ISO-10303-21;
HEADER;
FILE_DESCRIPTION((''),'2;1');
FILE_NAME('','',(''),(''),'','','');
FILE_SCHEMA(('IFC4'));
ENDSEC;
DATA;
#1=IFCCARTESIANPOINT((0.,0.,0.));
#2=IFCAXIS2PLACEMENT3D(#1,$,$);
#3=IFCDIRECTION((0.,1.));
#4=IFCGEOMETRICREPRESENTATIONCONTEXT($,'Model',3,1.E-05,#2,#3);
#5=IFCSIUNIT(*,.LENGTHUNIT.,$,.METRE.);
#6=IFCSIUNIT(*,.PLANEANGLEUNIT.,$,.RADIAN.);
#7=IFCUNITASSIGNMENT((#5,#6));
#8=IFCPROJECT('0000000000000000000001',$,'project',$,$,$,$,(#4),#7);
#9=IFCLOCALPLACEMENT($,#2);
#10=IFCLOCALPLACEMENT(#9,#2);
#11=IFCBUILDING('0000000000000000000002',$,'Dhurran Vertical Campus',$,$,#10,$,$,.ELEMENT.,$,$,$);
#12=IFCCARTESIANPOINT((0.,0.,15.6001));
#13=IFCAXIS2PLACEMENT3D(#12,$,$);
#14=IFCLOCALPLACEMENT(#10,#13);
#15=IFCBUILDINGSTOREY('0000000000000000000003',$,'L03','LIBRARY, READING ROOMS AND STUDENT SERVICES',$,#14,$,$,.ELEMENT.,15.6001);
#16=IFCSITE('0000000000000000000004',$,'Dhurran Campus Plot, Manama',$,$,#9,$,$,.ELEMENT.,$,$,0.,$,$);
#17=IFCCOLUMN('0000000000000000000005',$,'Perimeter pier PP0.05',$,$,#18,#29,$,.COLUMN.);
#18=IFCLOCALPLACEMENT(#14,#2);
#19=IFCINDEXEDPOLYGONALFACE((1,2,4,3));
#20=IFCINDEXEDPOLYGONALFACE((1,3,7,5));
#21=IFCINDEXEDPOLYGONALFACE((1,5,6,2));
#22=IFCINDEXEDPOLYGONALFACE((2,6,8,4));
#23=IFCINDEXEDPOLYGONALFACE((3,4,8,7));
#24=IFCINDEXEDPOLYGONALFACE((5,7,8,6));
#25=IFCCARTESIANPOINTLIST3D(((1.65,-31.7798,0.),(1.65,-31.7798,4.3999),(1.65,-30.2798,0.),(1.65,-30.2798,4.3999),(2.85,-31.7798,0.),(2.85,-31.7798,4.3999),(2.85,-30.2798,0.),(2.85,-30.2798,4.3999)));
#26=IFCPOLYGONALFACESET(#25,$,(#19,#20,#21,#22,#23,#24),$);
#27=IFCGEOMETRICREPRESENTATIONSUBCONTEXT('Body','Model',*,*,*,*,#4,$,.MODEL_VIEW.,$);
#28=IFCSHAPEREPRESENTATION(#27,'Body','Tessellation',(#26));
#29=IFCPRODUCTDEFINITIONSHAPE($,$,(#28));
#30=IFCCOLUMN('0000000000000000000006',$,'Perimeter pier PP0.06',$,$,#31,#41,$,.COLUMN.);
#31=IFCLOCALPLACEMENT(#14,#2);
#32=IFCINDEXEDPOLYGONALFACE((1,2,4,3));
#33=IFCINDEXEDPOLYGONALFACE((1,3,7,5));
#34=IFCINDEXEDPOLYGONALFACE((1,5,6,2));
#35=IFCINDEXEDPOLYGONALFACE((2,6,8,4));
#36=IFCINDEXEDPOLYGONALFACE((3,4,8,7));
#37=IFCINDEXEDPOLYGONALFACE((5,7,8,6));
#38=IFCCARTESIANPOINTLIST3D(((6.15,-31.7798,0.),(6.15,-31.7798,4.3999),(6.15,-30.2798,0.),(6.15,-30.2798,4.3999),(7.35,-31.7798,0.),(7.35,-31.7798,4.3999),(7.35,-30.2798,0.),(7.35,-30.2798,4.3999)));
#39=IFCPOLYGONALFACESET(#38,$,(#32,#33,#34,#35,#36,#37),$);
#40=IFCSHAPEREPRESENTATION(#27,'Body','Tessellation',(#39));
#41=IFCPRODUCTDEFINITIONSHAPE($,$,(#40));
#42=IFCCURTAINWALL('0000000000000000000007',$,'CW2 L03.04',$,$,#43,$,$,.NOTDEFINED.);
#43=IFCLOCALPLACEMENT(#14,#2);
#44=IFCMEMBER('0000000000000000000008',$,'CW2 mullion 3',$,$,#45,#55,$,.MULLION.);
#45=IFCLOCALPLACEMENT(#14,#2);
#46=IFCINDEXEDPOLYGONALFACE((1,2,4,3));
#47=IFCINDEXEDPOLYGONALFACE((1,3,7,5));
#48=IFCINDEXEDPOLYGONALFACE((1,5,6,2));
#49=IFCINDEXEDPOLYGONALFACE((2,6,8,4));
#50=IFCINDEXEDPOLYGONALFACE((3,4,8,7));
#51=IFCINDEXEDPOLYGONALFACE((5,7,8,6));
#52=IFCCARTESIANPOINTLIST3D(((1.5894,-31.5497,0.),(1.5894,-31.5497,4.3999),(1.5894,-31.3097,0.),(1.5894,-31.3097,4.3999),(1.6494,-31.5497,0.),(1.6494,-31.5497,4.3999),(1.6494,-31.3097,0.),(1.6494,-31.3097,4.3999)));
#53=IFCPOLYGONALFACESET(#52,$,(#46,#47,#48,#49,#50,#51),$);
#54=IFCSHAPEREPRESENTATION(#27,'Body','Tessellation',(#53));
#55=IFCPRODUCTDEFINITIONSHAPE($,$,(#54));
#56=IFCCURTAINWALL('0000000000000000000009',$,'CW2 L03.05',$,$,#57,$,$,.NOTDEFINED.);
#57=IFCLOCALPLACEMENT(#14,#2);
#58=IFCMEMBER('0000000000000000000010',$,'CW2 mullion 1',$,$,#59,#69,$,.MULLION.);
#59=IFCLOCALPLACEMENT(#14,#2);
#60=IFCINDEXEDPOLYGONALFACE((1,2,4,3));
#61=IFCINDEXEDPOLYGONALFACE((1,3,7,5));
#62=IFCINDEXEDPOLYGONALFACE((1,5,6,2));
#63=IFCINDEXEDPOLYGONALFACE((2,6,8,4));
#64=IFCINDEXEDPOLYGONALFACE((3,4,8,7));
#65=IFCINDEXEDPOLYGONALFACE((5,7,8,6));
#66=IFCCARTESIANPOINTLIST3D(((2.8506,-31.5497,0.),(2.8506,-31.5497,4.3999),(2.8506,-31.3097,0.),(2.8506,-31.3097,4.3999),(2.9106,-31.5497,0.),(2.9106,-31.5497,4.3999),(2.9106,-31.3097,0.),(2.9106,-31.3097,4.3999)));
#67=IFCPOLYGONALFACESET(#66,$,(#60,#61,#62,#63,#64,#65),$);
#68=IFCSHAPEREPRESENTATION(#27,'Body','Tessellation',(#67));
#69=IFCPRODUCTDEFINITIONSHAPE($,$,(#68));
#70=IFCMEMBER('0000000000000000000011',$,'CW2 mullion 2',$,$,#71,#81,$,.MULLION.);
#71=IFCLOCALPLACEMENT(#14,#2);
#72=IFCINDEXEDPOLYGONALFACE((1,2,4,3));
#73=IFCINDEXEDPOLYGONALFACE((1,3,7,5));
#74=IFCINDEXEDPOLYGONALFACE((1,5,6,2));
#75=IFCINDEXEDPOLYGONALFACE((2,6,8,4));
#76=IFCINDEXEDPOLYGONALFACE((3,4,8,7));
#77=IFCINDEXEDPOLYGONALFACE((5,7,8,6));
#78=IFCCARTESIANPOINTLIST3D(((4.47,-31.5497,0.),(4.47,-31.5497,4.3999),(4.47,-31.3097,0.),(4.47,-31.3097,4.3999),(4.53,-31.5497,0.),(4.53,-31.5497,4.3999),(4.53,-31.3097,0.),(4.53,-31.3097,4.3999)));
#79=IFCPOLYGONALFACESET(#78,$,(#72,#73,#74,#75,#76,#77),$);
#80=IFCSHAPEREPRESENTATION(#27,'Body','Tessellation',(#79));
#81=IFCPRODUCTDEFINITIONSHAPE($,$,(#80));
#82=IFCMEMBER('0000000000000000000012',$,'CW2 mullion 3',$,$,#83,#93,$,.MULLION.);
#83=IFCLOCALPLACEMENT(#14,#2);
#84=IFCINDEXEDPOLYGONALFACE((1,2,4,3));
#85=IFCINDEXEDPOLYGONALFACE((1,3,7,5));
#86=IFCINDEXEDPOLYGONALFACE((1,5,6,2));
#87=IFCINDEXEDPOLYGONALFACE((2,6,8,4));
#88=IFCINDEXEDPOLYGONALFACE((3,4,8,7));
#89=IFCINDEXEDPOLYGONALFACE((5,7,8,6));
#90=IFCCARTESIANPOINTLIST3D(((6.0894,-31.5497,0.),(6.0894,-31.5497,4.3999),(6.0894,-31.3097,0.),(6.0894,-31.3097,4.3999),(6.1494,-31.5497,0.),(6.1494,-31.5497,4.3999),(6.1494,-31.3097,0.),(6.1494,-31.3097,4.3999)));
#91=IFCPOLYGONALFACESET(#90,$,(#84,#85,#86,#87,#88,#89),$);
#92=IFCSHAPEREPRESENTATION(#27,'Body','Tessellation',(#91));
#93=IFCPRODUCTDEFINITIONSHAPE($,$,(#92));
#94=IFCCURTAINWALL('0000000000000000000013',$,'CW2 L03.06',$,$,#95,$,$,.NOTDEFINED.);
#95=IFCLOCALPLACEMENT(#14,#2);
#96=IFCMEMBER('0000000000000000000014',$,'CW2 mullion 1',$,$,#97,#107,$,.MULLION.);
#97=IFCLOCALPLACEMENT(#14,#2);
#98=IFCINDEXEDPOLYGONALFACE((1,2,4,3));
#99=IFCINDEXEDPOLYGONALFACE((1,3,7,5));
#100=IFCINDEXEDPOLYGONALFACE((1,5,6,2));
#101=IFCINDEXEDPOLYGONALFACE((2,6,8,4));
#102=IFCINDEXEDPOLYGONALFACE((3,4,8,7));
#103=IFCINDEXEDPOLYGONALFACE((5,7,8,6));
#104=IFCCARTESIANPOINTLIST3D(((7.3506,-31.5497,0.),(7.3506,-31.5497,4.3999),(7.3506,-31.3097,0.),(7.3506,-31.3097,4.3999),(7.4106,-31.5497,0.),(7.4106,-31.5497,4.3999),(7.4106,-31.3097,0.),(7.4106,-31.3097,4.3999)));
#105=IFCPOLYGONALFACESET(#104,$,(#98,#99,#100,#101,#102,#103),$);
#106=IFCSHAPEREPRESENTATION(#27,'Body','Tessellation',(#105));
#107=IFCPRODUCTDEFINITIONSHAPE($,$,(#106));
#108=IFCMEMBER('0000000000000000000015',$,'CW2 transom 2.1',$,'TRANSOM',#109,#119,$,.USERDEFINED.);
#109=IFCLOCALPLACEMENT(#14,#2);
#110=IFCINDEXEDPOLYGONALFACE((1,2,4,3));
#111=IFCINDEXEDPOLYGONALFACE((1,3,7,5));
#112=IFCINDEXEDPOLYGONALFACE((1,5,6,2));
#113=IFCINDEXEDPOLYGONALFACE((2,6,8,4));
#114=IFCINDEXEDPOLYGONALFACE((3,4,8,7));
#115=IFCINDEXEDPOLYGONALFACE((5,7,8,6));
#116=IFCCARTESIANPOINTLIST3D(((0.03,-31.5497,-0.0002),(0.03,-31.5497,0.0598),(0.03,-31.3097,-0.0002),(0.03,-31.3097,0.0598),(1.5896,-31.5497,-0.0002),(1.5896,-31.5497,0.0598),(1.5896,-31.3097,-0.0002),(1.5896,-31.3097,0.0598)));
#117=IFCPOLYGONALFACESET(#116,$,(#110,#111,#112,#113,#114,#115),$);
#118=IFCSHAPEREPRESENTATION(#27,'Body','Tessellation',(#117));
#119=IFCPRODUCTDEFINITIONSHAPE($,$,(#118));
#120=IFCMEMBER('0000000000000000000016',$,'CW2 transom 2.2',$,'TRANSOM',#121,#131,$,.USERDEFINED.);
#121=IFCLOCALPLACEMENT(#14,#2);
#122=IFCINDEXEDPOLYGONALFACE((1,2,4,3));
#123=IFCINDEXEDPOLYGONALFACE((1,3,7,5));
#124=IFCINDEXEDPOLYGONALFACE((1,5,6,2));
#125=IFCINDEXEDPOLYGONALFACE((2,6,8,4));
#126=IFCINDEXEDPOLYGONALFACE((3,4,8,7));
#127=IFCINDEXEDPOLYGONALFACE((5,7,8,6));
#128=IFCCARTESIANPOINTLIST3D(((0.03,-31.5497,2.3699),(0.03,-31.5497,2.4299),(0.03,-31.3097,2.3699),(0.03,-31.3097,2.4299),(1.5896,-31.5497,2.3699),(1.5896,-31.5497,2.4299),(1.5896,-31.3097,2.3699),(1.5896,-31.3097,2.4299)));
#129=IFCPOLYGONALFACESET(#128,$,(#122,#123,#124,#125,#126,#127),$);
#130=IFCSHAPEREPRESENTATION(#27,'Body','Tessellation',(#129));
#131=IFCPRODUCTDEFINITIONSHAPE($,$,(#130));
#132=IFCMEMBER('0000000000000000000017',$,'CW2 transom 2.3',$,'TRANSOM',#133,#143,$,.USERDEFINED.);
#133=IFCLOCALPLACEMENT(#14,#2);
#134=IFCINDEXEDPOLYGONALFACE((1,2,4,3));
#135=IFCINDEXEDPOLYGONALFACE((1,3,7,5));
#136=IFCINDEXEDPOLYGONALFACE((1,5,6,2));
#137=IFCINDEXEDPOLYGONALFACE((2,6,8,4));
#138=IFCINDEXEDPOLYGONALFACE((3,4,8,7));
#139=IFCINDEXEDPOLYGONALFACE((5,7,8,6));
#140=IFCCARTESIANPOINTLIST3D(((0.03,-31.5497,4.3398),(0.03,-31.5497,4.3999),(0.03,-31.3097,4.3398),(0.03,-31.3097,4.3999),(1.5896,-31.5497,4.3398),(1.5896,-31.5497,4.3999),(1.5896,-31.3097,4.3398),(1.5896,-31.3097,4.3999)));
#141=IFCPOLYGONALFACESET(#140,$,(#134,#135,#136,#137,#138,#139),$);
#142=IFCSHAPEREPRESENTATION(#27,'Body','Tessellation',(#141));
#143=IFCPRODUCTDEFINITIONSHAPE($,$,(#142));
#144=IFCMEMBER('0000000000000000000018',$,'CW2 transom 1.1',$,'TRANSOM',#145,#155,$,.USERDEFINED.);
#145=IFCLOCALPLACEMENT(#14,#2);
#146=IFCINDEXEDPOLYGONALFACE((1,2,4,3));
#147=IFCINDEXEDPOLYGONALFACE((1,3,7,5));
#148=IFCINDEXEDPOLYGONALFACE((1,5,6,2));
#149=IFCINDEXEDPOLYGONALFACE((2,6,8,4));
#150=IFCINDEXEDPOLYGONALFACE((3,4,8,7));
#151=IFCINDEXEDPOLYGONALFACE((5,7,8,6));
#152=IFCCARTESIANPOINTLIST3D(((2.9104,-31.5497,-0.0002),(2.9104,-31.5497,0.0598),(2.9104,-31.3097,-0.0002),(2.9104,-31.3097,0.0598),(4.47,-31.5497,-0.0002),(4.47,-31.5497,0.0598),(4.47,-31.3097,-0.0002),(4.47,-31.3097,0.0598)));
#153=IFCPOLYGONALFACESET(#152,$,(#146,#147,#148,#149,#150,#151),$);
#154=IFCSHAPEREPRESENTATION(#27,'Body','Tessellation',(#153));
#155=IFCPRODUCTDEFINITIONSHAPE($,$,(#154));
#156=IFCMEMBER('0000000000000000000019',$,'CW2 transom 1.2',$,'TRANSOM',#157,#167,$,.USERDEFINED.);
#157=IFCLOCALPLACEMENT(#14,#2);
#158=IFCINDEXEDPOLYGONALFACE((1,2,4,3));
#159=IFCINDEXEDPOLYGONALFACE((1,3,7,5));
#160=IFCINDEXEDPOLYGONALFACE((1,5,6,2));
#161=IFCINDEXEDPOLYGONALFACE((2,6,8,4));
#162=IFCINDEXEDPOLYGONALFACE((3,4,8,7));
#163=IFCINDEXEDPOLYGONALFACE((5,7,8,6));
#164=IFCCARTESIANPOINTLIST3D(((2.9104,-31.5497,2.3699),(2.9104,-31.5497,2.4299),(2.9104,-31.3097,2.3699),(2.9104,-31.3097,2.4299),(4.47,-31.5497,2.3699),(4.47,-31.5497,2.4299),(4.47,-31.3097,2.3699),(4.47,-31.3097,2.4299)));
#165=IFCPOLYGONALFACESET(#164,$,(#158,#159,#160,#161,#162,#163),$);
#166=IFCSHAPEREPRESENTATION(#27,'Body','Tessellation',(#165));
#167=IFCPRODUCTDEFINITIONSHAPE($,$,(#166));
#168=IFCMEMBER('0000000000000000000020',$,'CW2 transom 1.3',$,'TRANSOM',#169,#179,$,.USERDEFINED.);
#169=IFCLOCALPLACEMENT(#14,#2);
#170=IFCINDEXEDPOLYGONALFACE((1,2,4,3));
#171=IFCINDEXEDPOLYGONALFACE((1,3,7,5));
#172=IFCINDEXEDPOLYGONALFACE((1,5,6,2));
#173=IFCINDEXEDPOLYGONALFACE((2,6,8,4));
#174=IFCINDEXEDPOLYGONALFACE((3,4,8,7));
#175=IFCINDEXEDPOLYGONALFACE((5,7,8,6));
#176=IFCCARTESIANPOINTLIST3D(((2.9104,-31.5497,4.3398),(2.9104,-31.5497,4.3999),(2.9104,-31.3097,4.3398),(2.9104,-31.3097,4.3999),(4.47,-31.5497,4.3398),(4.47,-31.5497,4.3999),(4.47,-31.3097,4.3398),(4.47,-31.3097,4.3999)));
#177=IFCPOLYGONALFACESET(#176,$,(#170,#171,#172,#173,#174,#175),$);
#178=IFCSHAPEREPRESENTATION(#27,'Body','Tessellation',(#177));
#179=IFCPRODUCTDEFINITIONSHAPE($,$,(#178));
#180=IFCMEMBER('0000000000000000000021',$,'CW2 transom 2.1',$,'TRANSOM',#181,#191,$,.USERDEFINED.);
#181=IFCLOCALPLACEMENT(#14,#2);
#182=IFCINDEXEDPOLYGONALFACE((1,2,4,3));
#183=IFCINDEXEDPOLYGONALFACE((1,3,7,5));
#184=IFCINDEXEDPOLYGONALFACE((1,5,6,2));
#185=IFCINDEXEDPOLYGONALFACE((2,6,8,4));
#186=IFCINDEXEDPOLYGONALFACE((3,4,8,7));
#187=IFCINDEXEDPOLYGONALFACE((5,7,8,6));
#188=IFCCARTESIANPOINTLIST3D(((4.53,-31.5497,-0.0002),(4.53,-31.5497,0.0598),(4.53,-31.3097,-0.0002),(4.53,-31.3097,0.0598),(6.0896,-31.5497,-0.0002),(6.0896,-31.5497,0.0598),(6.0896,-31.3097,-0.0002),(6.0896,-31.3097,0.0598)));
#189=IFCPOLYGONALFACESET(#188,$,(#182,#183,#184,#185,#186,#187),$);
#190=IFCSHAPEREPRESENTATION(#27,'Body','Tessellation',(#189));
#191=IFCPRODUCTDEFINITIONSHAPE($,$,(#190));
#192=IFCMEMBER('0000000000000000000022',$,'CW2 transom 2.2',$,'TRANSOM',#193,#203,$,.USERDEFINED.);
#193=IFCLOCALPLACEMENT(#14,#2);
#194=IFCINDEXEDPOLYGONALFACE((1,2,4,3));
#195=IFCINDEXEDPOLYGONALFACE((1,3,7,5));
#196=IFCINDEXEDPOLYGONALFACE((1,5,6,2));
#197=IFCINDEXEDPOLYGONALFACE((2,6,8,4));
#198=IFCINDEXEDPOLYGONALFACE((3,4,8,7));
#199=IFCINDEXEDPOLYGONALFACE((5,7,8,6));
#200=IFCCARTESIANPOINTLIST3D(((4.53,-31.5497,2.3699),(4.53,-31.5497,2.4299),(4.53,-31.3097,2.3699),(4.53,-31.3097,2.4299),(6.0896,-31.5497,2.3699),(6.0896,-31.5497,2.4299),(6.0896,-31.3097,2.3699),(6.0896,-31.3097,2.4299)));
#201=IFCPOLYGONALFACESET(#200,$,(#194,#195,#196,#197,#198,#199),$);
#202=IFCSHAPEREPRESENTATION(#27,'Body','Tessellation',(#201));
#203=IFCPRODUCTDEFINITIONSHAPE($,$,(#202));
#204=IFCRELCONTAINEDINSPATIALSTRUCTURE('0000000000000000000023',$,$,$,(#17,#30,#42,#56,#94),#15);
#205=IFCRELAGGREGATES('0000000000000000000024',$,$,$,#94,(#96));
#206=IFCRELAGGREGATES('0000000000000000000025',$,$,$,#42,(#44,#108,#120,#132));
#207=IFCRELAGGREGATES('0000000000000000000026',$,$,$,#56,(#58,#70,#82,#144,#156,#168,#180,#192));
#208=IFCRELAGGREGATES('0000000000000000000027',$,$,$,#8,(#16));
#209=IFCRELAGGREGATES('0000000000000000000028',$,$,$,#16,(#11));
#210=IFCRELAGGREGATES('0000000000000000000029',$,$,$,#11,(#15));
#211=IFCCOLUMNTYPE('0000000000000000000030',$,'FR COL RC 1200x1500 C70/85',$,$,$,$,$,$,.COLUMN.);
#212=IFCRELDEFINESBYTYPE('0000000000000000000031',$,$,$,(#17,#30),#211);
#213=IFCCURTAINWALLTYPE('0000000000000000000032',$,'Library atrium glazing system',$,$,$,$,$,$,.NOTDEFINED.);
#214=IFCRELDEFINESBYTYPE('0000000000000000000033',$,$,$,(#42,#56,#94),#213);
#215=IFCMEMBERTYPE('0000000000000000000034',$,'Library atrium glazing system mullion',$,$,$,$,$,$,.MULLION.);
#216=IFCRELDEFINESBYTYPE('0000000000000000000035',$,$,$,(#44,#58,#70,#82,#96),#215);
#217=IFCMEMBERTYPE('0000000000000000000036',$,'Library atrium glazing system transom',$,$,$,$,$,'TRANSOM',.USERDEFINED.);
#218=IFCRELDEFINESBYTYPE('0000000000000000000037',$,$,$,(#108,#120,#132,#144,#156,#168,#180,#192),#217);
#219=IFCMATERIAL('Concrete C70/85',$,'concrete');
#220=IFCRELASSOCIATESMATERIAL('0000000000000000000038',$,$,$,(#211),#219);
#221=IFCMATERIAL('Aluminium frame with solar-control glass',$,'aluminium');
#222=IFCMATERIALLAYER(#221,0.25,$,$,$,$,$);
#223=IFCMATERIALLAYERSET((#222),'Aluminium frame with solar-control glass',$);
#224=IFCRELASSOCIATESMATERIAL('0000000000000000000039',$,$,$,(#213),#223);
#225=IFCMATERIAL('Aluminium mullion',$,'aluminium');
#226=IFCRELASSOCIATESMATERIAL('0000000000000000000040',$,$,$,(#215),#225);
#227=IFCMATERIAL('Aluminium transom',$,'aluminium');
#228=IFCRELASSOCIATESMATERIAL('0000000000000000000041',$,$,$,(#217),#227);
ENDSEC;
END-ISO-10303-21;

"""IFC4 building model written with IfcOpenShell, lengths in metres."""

from ifc_helpers import new_model, si_unit, direction, frame, origin, origin_2d, place, context, subcontext, project, spatial, rectangle, extrude, material, layer, layer_set, material_profile, profile_set, type_object, element, aggregate, save


model = new_model("IFC4")

# Units and contexts
model_context = context("Model", 3, precision=1e-05, world=origin(), true_north=direction((0.0, 1.0)))
body_context = subcontext(model_context, "Body", "Model", "MODEL_VIEW")
ifc_project = project(units=[si_unit("LENGTHUNIT", "METRE"), si_unit("PLANEANGLEUNIT", "RADIAN")], contexts=[model_context])

# Site, building, storey
site_placement = place(None, origin())
site = spatial("IfcSite", under=ifc_project, at=site_placement, Name="Dhurran Campus Plot, Manama", CompositionType="ELEMENT", RefElevation=0.0)
building_placement = place(site_placement, origin())
building = spatial("IfcBuilding", under=site, at=building_placement, Name="Dhurran Vertical Campus", CompositionType="ELEMENT")
storey_placement = place(building_placement, frame((0.0, 0.0, 15.6001)))
storey = spatial("IfcBuildingStorey", under=building, at=storey_placement, Name="L03", Description="LIBRARY, READING ROOMS AND STUDENT SERVICES", CompositionType="ELEMENT", Elevation=15.6001)

# Columns
ifc_material_1 = material(Name="Concrete C70/85", Category="concrete")
ifc_material_profile_1 = material_profile(ifc_material_1, rectangle(XDim=1.2, YDim=1.5, at=origin_2d()), Name="RC 1200x1500")
ifc_profile_set_1 = profile_set([ifc_material_profile_1], Name="Concrete C70/85")
column_type = type_object("IfcColumnType", Name="FR COL RC 1200x1500 C70/85", PredefinedType="COLUMN", material=ifc_profile_set_1)
for number, where, z_axis, x_axis, name in (
    (1, (2.25, -31.0298, 0.0), (0.0, 0.0, 1.0), (1.0, 0.0, 0.0), "Perimeter pier PP0.05"),
    (2, (6.75, -31.0298, 0.0), (0.0, 0.0, 1.0), (1.0, 0.0, 0.0), "Perimeter pier PP0.06"),
):
    element("IfcColumn", number, at=place(storey_placement, frame(where, z_axis=z_axis, x_axis=x_axis)), inside=storey, type_object=column_type, Name=name, PredefinedType="COLUMN", context=body_context, shape_type="SweptSolid", body=[
        extrude(rectangle(XDim=1.2, YDim=1.5, at=origin_2d()), origin(), (0.0, 0.0, 1.0), 4.3999),
    ])

# Curtain wall, member
ifc_material_2 = material(Name="Aluminium frame with solar-control glass", Category="aluminium")
ifc_layer_1 = layer(ifc_material_2, 0.25)
ifc_layer_set_1 = layer_set([ifc_layer_1], Name="Aluminium frame with solar-control glass")
curtain_wall_type = type_object("IfcCurtainWallType", Name="Library atrium glazing system", PredefinedType="NOTDEFINED", material=ifc_layer_set_1)
curtain_wall_1_placement = place(storey_placement, origin())
curtain_wall_1 = element("IfcCurtainWall", 3, at=curtain_wall_1_placement, inside=storey, type_object=curtain_wall_type, Name="CW2 L03.04", PredefinedType="NOTDEFINED")
ifc_material_3 = material(Name="Aluminium mullion", Category="aluminium")
ifc_material_profile_2 = material_profile(ifc_material_3, rectangle(XDim=0.24, YDim=0.0601, at=origin_2d()), Name="Library atrium glazing system mullion")
ifc_profile_set_2 = profile_set([ifc_material_profile_2], Name="Aluminium mullion")
member_type_1 = type_object("IfcMemberType", Name="Library atrium glazing system mullion", PredefinedType="MULLION", material=ifc_profile_set_2)
member_1_placement = place(storey_placement, frame((1.6194, -31.4297, 0.0), z_axis=(0.0, 0.0, 1.0), x_axis=(0.0, 1.0, 0.0)))
member_1 = element("IfcMember", 4, at=member_1_placement, type_object=member_type_1, Name="CW2 mullion 3", PredefinedType="MULLION", context=body_context, shape_type="SweptSolid", body=[
    extrude(rectangle(XDim=0.24, YDim=0.0601, at=origin_2d()), origin(), (0.0, 0.0, 1.0), 4.3999),
])

# Curtain wall, members
curtain_wall_2_placement = place(storey_placement, origin())
curtain_wall_2 = element("IfcCurtainWall", 5, at=curtain_wall_2_placement, inside=storey, type_object=curtain_wall_type, Name="CW2 L03.05", PredefinedType="NOTDEFINED")
member_2_placement = place(storey_placement, frame((2.8806, -31.4297, 0.0), z_axis=(0.0, 0.0, 1.0), x_axis=(0.0, 1.0, 0.0)))
member_2 = element("IfcMember", 6, at=member_2_placement, type_object=member_type_1, Name="CW2 mullion 1", PredefinedType="MULLION", context=body_context, shape_type="SweptSolid", body=[
    extrude(rectangle(XDim=0.24, YDim=0.0601, at=origin_2d()), origin(), (0.0, 0.0, 1.0), 4.3999),
])
member_3_placement = place(storey_placement, frame((4.5, -31.4297, 0.0), z_axis=(0.0, 0.0, 1.0), x_axis=(0.0, 1.0, 0.0)))
member_3 = element("IfcMember", 7, at=member_3_placement, type_object=member_type_1, Name="CW2 mullion 2", PredefinedType="MULLION", context=body_context, shape_type="SweptSolid", body=[
    extrude(rectangle(XDim=0.24, YDim=0.0601, at=origin_2d()), origin(), (0.0, 0.0, 1.0), 4.3999),
])
member_4_placement = place(storey_placement, frame((6.1194, -31.4297, 0.0), z_axis=(0.0, 0.0, 1.0), x_axis=(0.0, 1.0, 0.0)))
member_4 = element("IfcMember", 8, at=member_4_placement, type_object=member_type_1, Name="CW2 mullion 3", PredefinedType="MULLION", context=body_context, shape_type="SweptSolid", body=[
    extrude(rectangle(XDim=0.24, YDim=0.0601, at=origin_2d()), origin(), (0.0, 0.0, 1.0), 4.3999),
])

# Curtain wall, member
curtain_wall_3_placement = place(storey_placement, origin())
curtain_wall_3 = element("IfcCurtainWall", 9, at=curtain_wall_3_placement, inside=storey, type_object=curtain_wall_type, Name="CW2 L03.06", PredefinedType="NOTDEFINED")
member_5_placement = place(storey_placement, frame((7.3806, -31.4297, 0.0), z_axis=(0.0, 0.0, 1.0), x_axis=(0.0, 1.0, 0.0)))
member_5 = element("IfcMember", 10, at=member_5_placement, type_object=member_type_1, Name="CW2 mullion 1", PredefinedType="MULLION", context=body_context, shape_type="SweptSolid", body=[
    extrude(rectangle(XDim=0.24, YDim=0.0601, at=origin_2d()), origin(), (0.0, 0.0, 1.0), 4.3999),
])
aggregate(curtain_wall_3, [member_5])

# Members
ifc_material_4 = material(Name="Aluminium transom", Category="aluminium")
ifc_material_profile_3 = material_profile(ifc_material_4, rectangle(XDim=0.24, YDim=0.0601, at=origin_2d()), Name="Library atrium glazing system transom")
ifc_profile_set_3 = profile_set([ifc_material_profile_3], Name="Aluminium transom")
member_type_2 = type_object("IfcMemberType", Name="Library atrium glazing system transom", ElementType="TRANSOM", PredefinedType="USERDEFINED", material=ifc_profile_set_3)
member_6_placement = place(storey_placement, frame((0.03, -31.4297, 0.0298), z_axis=(1.0, 0.0, 0.0), x_axis=(0.0, 1.0, 0.0)))
member_6 = element("IfcMember", 11, at=member_6_placement, type_object=member_type_2, Name="CW2 transom 2.1", ObjectType="TRANSOM", PredefinedType="USERDEFINED", context=body_context, shape_type="SweptSolid", body=[
    extrude(rectangle(XDim=0.24, YDim=0.0601, at=origin_2d()), origin(), (0.0, 0.0, 1.0), 1.5596),
])
member_7_placement = place(storey_placement, frame((0.03, -31.4297, 2.3999), z_axis=(1.0, 0.0, 0.0), x_axis=(0.0, 1.0, 0.0)))
member_7 = element("IfcMember", 12, at=member_7_placement, type_object=member_type_2, Name="CW2 transom 2.2", ObjectType="TRANSOM", PredefinedType="USERDEFINED", context=body_context, shape_type="SweptSolid", body=[
    extrude(rectangle(XDim=0.24, YDim=0.0601, at=origin_2d()), origin(), (0.0, 0.0, 1.0), 1.5596),
])
member_8_placement = place(storey_placement, frame((0.03, -31.4297, 4.3699), z_axis=(1.0, 0.0, 0.0), x_axis=(0.0, 1.0, 0.0)))
member_8 = element("IfcMember", 13, at=member_8_placement, type_object=member_type_2, Name="CW2 transom 2.3", ObjectType="TRANSOM", PredefinedType="USERDEFINED", context=body_context, shape_type="SweptSolid", body=[
    extrude(rectangle(XDim=0.24, YDim=0.0601, at=origin_2d()), origin(), (0.0, 0.0, 1.0), 1.5596),
])
member_9_placement = place(storey_placement, frame((2.9104, -31.4297, 0.0298), z_axis=(1.0, 0.0, 0.0), x_axis=(0.0, 1.0, 0.0)))
member_9 = element("IfcMember", 14, at=member_9_placement, type_object=member_type_2, Name="CW2 transom 1.1", ObjectType="TRANSOM", PredefinedType="USERDEFINED", context=body_context, shape_type="SweptSolid", body=[
    extrude(rectangle(XDim=0.24, YDim=0.0601, at=origin_2d()), origin(), (0.0, 0.0, 1.0), 1.5596),
])
member_10_placement = place(storey_placement, frame((2.9104, -31.4297, 2.3999), z_axis=(1.0, 0.0, 0.0), x_axis=(0.0, 1.0, 0.0)))
member_10 = element("IfcMember", 15, at=member_10_placement, type_object=member_type_2, Name="CW2 transom 1.2", ObjectType="TRANSOM", PredefinedType="USERDEFINED", context=body_context, shape_type="SweptSolid", body=[
    extrude(rectangle(XDim=0.24, YDim=0.0601, at=origin_2d()), origin(), (0.0, 0.0, 1.0), 1.5596),
])
member_11_placement = place(storey_placement, frame((2.9104, -31.4297, 4.3699), z_axis=(1.0, 0.0, 0.0), x_axis=(0.0, 1.0, 0.0)))
member_11 = element("IfcMember", 16, at=member_11_placement, type_object=member_type_2, Name="CW2 transom 1.3", ObjectType="TRANSOM", PredefinedType="USERDEFINED", context=body_context, shape_type="SweptSolid", body=[
    extrude(rectangle(XDim=0.24, YDim=0.0601, at=origin_2d()), origin(), (0.0, 0.0, 1.0), 1.5596),
])
member_12_placement = place(storey_placement, frame((4.53, -31.4297, 0.0298), z_axis=(1.0, 0.0, 0.0), x_axis=(0.0, 1.0, 0.0)))
member_12 = element("IfcMember", 17, at=member_12_placement, type_object=member_type_2, Name="CW2 transom 2.1", ObjectType="TRANSOM", PredefinedType="USERDEFINED", context=body_context, shape_type="SweptSolid", body=[
    extrude(rectangle(XDim=0.24, YDim=0.0601, at=origin_2d()), origin(), (0.0, 0.0, 1.0), 1.5596),
])
member_13_placement = place(storey_placement, frame((4.53, -31.4297, 2.3999), z_axis=(1.0, 0.0, 0.0), x_axis=(0.0, 1.0, 0.0)))
member_13 = element("IfcMember", 18, at=member_13_placement, type_object=member_type_2, Name="CW2 transom 2.2", ObjectType="TRANSOM", PredefinedType="USERDEFINED", context=body_context, shape_type="SweptSolid", body=[
    extrude(rectangle(XDim=0.24, YDim=0.0601, at=origin_2d()), origin(), (0.0, 0.0, 1.0), 1.5596),
])

aggregate(curtain_wall_1, [member_1, member_6, member_7, member_8])
aggregate(curtain_wall_2, [member_2, member_3, member_4, member_9, member_10, member_11, member_12, member_13])

save(model, "model.ifc")
